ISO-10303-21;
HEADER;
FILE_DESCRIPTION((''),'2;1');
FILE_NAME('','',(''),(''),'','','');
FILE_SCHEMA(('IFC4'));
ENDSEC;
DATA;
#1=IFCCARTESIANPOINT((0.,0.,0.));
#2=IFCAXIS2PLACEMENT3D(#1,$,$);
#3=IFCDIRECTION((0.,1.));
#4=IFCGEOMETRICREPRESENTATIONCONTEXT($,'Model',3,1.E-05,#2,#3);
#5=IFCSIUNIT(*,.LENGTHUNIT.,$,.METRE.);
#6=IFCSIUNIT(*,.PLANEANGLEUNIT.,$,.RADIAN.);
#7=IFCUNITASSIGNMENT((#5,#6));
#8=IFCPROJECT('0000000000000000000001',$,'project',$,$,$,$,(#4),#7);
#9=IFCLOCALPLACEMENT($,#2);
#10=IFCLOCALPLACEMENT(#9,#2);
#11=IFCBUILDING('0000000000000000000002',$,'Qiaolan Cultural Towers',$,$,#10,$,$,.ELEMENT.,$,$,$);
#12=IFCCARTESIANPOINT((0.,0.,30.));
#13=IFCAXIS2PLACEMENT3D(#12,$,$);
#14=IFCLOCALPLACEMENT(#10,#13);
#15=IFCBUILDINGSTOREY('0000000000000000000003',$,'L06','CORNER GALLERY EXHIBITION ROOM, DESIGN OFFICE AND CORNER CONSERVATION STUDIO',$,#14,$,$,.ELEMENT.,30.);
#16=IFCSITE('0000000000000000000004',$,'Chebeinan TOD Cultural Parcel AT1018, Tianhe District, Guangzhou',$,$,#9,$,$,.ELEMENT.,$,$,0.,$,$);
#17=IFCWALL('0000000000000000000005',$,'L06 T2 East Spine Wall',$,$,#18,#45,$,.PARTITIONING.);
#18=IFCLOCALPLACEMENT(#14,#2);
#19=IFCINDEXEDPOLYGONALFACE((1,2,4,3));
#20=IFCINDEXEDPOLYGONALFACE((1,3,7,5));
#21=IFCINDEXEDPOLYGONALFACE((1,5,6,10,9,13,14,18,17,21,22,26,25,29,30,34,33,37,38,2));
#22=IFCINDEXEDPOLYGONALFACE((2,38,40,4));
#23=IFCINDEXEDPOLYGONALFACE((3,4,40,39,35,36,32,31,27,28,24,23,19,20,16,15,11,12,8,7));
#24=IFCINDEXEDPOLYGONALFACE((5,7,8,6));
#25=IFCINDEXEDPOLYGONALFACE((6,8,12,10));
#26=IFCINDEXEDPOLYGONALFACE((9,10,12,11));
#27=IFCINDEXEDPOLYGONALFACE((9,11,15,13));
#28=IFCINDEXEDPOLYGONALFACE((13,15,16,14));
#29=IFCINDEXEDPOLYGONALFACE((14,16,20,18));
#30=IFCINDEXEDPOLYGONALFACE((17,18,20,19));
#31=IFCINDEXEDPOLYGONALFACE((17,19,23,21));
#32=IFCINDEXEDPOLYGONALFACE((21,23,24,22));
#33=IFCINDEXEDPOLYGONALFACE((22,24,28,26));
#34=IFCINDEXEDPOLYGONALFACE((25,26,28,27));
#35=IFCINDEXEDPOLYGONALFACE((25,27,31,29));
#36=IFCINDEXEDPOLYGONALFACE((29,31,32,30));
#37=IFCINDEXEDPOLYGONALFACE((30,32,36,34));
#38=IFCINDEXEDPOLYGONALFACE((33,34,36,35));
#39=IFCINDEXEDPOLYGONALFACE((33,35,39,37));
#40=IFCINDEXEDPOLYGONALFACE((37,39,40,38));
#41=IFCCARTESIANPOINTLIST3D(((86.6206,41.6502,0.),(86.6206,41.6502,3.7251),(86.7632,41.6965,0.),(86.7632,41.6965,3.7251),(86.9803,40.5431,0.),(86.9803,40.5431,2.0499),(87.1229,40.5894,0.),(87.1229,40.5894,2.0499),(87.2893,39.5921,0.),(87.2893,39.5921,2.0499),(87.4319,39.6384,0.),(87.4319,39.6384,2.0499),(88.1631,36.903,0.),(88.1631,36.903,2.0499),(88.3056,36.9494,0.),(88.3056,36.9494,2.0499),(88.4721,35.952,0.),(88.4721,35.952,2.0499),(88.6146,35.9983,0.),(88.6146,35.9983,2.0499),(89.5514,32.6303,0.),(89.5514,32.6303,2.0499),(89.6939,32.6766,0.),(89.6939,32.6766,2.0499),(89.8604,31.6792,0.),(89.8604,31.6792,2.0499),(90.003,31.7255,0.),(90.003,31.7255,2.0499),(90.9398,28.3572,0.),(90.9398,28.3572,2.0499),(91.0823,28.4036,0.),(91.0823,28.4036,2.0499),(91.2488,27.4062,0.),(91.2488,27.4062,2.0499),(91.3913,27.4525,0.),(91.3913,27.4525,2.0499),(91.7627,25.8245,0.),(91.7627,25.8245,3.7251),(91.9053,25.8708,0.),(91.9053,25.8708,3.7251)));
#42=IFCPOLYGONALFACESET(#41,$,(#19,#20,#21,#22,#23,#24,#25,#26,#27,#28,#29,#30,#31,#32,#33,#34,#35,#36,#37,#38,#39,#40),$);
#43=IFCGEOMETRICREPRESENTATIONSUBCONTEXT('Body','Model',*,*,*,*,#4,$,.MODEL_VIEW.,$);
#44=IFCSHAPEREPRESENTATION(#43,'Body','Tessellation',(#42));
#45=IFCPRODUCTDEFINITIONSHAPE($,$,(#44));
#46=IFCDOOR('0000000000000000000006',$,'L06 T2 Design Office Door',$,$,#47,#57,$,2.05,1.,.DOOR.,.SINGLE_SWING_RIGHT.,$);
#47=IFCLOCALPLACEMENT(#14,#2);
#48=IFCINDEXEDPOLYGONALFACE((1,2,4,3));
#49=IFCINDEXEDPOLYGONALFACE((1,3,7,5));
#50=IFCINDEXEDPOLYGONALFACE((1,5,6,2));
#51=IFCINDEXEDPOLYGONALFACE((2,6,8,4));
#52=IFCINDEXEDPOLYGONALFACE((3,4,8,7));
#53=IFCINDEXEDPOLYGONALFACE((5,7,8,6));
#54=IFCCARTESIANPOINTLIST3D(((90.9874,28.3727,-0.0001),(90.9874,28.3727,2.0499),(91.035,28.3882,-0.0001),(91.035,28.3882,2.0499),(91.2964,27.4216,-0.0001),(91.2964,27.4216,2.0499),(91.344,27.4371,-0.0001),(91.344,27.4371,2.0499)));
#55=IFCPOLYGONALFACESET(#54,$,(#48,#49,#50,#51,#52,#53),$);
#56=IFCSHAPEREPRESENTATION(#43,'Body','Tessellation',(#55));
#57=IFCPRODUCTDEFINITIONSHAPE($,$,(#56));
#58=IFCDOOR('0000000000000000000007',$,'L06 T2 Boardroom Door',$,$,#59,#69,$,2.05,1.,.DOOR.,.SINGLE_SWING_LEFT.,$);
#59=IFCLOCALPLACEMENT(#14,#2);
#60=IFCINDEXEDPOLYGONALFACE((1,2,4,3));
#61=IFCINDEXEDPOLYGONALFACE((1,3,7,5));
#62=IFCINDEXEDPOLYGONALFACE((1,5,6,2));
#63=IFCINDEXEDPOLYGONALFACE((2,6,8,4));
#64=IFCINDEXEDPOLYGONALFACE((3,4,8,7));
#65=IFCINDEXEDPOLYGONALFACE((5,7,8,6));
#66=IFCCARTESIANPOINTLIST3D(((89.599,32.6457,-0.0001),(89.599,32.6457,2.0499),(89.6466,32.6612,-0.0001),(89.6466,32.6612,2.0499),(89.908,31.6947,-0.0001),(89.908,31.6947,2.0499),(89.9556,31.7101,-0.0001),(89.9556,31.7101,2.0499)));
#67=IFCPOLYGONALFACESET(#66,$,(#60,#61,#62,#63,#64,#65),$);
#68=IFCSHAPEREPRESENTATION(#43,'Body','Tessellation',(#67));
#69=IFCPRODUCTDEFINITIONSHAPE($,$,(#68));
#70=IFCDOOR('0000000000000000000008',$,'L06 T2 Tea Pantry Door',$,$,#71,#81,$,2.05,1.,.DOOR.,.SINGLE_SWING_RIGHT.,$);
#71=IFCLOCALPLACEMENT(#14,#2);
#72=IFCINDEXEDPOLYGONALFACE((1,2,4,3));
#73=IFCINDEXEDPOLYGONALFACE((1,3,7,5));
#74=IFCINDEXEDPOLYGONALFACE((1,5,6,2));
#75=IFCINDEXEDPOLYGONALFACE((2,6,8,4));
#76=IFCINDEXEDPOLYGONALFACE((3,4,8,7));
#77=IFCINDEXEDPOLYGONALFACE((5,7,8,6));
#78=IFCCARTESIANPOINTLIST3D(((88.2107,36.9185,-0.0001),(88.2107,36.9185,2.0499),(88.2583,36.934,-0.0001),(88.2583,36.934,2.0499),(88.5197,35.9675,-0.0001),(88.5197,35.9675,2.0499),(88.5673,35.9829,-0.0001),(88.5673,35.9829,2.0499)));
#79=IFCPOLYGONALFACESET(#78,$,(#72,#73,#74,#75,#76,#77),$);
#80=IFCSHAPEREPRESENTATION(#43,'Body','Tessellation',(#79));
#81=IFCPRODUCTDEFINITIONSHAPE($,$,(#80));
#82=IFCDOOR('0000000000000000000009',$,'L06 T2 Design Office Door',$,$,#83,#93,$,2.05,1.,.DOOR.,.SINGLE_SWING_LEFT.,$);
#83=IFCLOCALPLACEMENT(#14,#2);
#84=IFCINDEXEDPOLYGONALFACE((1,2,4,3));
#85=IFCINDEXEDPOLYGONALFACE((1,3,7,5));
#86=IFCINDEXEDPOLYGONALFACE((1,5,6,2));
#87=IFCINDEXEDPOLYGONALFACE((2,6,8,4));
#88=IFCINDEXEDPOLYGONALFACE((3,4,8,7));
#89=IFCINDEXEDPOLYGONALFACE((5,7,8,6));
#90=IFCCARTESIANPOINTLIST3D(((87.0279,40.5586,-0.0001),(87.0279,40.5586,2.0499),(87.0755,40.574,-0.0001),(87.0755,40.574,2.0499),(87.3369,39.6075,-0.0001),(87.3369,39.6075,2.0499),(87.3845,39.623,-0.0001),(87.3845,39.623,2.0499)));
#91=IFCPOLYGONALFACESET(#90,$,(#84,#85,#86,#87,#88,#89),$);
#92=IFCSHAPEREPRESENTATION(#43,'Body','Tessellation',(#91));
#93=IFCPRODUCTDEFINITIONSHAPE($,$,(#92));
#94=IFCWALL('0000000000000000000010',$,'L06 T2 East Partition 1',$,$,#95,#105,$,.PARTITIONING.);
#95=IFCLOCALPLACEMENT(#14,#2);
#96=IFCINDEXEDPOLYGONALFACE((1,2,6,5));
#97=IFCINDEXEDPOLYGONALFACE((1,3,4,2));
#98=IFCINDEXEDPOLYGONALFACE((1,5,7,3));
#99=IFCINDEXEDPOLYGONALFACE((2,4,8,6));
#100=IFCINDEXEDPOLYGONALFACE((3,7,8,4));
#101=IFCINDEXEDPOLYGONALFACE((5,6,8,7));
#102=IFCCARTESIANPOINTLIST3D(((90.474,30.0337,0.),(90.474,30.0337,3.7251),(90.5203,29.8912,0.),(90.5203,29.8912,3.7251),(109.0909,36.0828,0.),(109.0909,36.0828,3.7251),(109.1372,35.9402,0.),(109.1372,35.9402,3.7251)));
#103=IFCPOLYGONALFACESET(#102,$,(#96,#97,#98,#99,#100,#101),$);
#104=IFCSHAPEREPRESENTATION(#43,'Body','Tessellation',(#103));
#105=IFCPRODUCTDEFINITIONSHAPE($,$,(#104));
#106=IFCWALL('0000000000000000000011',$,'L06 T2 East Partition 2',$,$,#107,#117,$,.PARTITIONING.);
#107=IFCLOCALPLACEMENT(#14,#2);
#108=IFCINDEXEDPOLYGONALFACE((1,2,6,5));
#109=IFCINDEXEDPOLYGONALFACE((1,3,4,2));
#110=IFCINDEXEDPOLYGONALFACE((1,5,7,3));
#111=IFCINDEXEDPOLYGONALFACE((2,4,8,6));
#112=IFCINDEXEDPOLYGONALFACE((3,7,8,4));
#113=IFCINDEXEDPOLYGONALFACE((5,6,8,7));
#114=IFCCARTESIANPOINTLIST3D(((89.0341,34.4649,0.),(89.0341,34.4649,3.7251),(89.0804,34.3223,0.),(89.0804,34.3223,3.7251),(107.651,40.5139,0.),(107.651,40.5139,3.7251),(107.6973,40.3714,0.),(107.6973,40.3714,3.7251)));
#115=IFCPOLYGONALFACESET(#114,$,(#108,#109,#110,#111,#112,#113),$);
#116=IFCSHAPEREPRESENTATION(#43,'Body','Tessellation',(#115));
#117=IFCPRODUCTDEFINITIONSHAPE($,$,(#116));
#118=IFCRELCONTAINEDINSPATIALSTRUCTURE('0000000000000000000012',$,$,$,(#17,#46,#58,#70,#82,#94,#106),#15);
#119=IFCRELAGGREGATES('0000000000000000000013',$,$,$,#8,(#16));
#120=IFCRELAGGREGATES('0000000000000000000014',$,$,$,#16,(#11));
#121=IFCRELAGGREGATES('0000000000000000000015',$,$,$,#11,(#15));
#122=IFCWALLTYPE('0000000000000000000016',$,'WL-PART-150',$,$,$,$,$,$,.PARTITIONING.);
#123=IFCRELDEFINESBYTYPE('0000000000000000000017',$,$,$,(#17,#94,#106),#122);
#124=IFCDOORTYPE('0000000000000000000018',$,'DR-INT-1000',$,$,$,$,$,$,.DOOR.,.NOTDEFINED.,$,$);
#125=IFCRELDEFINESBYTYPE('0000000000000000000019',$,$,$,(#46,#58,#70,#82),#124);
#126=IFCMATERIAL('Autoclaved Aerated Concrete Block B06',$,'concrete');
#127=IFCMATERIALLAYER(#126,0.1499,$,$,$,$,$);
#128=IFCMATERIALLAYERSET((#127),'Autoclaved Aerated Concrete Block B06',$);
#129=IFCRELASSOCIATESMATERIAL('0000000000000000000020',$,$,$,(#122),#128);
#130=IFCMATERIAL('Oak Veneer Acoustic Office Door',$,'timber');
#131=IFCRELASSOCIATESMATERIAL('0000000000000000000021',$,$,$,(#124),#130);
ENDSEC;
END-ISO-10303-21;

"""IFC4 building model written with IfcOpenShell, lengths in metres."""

from ifc_helpers import new_model, si_unit, direction, frame, frame_2d, origin, place, context, subcontext, project, spatial, rectangle, extrude, material, layer, layer_set, type_object, element, fill, save


model = new_model("IFC4")

# Units and contexts
model_context = context("Model", 3, precision=1e-05, world=origin(), true_north=direction((0.0, 1.0)))
body_context = subcontext(model_context, "Body", "Model", "MODEL_VIEW")
ifc_project = project(units=[si_unit("LENGTHUNIT", "METRE"), si_unit("PLANEANGLEUNIT", "RADIAN")], contexts=[model_context])

# Site, building, storey
site_placement = place(None, origin())
site = spatial("IfcSite", under=ifc_project, at=site_placement, Name="Chebeinan TOD Cultural Parcel AT1018, Tianhe District, Guangzhou", CompositionType="ELEMENT", RefElevation=0.0)
building_placement = place(site_placement, origin())
building = spatial("IfcBuilding", under=site, at=building_placement, Name="Qiaolan Cultural Towers", CompositionType="ELEMENT")
storey_placement = place(building_placement, frame((0.0, 0.0, 30.0)))
storey = spatial("IfcBuildingStorey", under=building, at=storey_placement, Name="L06", Description="CORNER GALLERY EXHIBITION ROOM, DESIGN OFFICE AND CORNER CONSERVATION STUDIO", CompositionType="ELEMENT", Elevation=30.0)

# Shared definitions
ifc_material_1 = material(Name="Autoclaved Aerated Concrete Block B06", Category="concrete")
ifc_layer_1 = layer(ifc_material_1, 0.1499)
ifc_layer_set_1 = layer_set([ifc_layer_1], Name="Autoclaved Aerated Concrete Block B06")
wall_type_1 = type_object("IfcWallType", Name="WL-PART-150", PredefinedType="PARTITIONING", material=ifc_layer_set_1)

# Wall, openings, doors
ifc_material_2 = material(Name="Oak Veneer Acoustic Office Door", Category="timber")
door_type_1 = type_object("IfcDoorType", Name="DR-INT-1000", OperationType="NOTDEFINED", PredefinedType="DOOR", material=ifc_material_2)
wall_1_placement = place(storey_placement, frame((91.834, 25.8477, 0.0), z_axis=(0.0, 0.0, 1.0), x_axis=(-0.309018, 0.951056, 0.0)))
wall_1 = element("IfcWall", 1, at=wall_1_placement, inside=storey, type_object=wall_type_1, Name="L06 T2 East Spine Wall", PredefinedType="PARTITIONING", context=body_context, shape_type="SweptSolid", body=[
    extrude(rectangle(XDim=16.6401, YDim=0.1499, at=frame_2d((8.3201, 0.0))), origin(), (0.0, 0.0, 1.0), 3.7251),
])
opening_1_placement = place(wall_1_placement, frame((1.6631, 0.0, 0.0)))
opening_1 = element("IfcOpeningElement", 2, at=opening_1_placement, cuts=wall_1, PredefinedType="OPENING", context=body_context, shape_type="SweptSolid", body=[
    extrude(rectangle(XDim=1.0, YDim=2.05, at=frame_2d((0.5, 1.0249))), frame((0.0, 0.085, 0.0), z_axis=(0.0, -1.0, 0.0), x_axis=(1.0, 0.0, 0.0)), (0.0, 0.0, 1.0), 0.1699),
])
opening_2_placement = place(wall_1_placement, frame((6.156, 0.0, 0.0)))
opening_2 = element("IfcOpeningElement", 3, at=opening_2_placement, cuts=wall_1, PredefinedType="OPENING", context=body_context, shape_type="SweptSolid", body=[
    extrude(rectangle(XDim=1.0, YDim=2.05, at=frame_2d((0.5, 1.0249))), frame((0.0, 0.085, 0.0), z_axis=(0.0, -1.0, 0.0), x_axis=(1.0, 0.0, 0.0)), (0.0, 0.0, 1.0), 0.1699),
])
opening_3_placement = place(wall_1_placement, frame((10.6487, 0.0, 0.0)))
opening_3 = element("IfcOpeningElement", 4, at=opening_3_placement, cuts=wall_1, PredefinedType="OPENING", context=body_context, shape_type="SweptSolid", body=[
    extrude(rectangle(XDim=1.0, YDim=2.05, at=frame_2d((0.5, 1.0249))), frame((0.0, 0.085, 0.0), z_axis=(0.0, -1.0, 0.0), x_axis=(1.0, 0.0, 0.0)), (0.0, 0.0, 1.0), 0.1699),
])
opening_4_placement = place(wall_1_placement, frame((14.4761, 0.0, 0.0)))
opening_4 = element("IfcOpeningElement", 5, at=opening_4_placement, cuts=wall_1, PredefinedType="OPENING", context=body_context, shape_type="SweptSolid", body=[
    extrude(rectangle(XDim=1.0, YDim=2.05, at=frame_2d((0.5, 1.0249))), frame((0.0, 0.085, 0.0), z_axis=(0.0, -1.0, 0.0), x_axis=(1.0, 0.0, 0.0)), (0.0, 0.0, 1.0), 0.1699),
])
door_1_placement = place(opening_1_placement, origin())
door_1 = element("IfcDoor", 6, at=door_1_placement, inside=storey, type_object=door_type_1, Name="L06 T2 Design Office Door", OperationType="SINGLE_SWING_RIGHT", OverallHeight=2.05, OverallWidth=1.0, PredefinedType="DOOR", context=body_context, shape_type="SweptSolid", body=[
    extrude(rectangle(XDim=1.0, YDim=2.05, at=frame_2d((0.5, 1.0249))), frame((0.0, 0.0249, 0.0), z_axis=(0.0, -1.0, 0.0), x_axis=(1.0, 0.0, 0.0)), (0.0, 0.0, 1.0), 0.05),
])
fill(opening_1, door_1)
door_2_placement = place(opening_2_placement, origin())
door_2 = element("IfcDoor", 7, at=door_2_placement, inside=storey, type_object=door_type_1, Name="L06 T2 Boardroom Door", OperationType="SINGLE_SWING_LEFT", OverallHeight=2.05, OverallWidth=1.0, PredefinedType="DOOR", context=body_context, shape_type="SweptSolid", body=[
    extrude(rectangle(XDim=1.0, YDim=2.05, at=frame_2d((0.5, 1.0249))), frame((0.0, 0.0249, 0.0), z_axis=(0.0, -1.0, 0.0), x_axis=(1.0, 0.0, 0.0)), (0.0, 0.0, 1.0), 0.05),
])
fill(opening_2, door_2)
door_3_placement = place(opening_3_placement, origin())
door_3 = element("IfcDoor", 8, at=door_3_placement, inside=storey, type_object=door_type_1, Name="L06 T2 Tea Pantry Door", OperationType="SINGLE_SWING_RIGHT", OverallHeight=2.05, OverallWidth=1.0, PredefinedType="DOOR", context=body_context, shape_type="SweptSolid", body=[
    extrude(rectangle(XDim=1.0, YDim=2.05, at=frame_2d((0.5, 1.0249))), frame((0.0, 0.0249, 0.0), z_axis=(0.0, -1.0, 0.0), x_axis=(1.0, 0.0, 0.0)), (0.0, 0.0, 1.0), 0.05),
])
fill(opening_3, door_3)
door_4_placement = place(opening_4_placement, origin())
door_4 = element("IfcDoor", 9, at=door_4_placement, inside=storey, type_object=door_type_1, Name="L06 T2 Design Office Door", OperationType="SINGLE_SWING_LEFT", OverallHeight=2.05, OverallWidth=1.0, PredefinedType="DOOR", context=body_context, shape_type="SweptSolid", body=[
    extrude(rectangle(XDim=1.0, YDim=2.05, at=frame_2d((0.5, 1.0249))), frame((0.0, 0.0249, 0.0), z_axis=(0.0, -1.0, 0.0), x_axis=(1.0, 0.0, 0.0)), (0.0, 0.0, 1.0), 0.05),
])
fill(opening_4, door_4)

# Walls
for number, where, z_axis, x_axis, name in (
    (10, (90.4971, 29.9624, 0.0), (0.0, 0.0, 1.0), (0.951056, 0.30902, 0.0), "L06 T2 East Partition 1"),
    (11, (89.0571, 34.3936, 0.0), (0.0, 0.0, 1.0), (0.951056, 0.30902, 0.0), "L06 T2 East Partition 2"),
):
    element("IfcWall", number, at=place(storey_placement, frame(where, z_axis=z_axis, x_axis=x_axis)), inside=storey, type_object=wall_type_1, Name=name, PredefinedType="PARTITIONING", context=body_context, shape_type="SweptSolid", body=[
        extrude(rectangle(XDim=19.575, YDim=0.1499, at=frame_2d((9.7876, 0.0))), origin(), (0.0, 0.0, 1.0), 3.7251),
    ])

save(model, "model.ifc")
